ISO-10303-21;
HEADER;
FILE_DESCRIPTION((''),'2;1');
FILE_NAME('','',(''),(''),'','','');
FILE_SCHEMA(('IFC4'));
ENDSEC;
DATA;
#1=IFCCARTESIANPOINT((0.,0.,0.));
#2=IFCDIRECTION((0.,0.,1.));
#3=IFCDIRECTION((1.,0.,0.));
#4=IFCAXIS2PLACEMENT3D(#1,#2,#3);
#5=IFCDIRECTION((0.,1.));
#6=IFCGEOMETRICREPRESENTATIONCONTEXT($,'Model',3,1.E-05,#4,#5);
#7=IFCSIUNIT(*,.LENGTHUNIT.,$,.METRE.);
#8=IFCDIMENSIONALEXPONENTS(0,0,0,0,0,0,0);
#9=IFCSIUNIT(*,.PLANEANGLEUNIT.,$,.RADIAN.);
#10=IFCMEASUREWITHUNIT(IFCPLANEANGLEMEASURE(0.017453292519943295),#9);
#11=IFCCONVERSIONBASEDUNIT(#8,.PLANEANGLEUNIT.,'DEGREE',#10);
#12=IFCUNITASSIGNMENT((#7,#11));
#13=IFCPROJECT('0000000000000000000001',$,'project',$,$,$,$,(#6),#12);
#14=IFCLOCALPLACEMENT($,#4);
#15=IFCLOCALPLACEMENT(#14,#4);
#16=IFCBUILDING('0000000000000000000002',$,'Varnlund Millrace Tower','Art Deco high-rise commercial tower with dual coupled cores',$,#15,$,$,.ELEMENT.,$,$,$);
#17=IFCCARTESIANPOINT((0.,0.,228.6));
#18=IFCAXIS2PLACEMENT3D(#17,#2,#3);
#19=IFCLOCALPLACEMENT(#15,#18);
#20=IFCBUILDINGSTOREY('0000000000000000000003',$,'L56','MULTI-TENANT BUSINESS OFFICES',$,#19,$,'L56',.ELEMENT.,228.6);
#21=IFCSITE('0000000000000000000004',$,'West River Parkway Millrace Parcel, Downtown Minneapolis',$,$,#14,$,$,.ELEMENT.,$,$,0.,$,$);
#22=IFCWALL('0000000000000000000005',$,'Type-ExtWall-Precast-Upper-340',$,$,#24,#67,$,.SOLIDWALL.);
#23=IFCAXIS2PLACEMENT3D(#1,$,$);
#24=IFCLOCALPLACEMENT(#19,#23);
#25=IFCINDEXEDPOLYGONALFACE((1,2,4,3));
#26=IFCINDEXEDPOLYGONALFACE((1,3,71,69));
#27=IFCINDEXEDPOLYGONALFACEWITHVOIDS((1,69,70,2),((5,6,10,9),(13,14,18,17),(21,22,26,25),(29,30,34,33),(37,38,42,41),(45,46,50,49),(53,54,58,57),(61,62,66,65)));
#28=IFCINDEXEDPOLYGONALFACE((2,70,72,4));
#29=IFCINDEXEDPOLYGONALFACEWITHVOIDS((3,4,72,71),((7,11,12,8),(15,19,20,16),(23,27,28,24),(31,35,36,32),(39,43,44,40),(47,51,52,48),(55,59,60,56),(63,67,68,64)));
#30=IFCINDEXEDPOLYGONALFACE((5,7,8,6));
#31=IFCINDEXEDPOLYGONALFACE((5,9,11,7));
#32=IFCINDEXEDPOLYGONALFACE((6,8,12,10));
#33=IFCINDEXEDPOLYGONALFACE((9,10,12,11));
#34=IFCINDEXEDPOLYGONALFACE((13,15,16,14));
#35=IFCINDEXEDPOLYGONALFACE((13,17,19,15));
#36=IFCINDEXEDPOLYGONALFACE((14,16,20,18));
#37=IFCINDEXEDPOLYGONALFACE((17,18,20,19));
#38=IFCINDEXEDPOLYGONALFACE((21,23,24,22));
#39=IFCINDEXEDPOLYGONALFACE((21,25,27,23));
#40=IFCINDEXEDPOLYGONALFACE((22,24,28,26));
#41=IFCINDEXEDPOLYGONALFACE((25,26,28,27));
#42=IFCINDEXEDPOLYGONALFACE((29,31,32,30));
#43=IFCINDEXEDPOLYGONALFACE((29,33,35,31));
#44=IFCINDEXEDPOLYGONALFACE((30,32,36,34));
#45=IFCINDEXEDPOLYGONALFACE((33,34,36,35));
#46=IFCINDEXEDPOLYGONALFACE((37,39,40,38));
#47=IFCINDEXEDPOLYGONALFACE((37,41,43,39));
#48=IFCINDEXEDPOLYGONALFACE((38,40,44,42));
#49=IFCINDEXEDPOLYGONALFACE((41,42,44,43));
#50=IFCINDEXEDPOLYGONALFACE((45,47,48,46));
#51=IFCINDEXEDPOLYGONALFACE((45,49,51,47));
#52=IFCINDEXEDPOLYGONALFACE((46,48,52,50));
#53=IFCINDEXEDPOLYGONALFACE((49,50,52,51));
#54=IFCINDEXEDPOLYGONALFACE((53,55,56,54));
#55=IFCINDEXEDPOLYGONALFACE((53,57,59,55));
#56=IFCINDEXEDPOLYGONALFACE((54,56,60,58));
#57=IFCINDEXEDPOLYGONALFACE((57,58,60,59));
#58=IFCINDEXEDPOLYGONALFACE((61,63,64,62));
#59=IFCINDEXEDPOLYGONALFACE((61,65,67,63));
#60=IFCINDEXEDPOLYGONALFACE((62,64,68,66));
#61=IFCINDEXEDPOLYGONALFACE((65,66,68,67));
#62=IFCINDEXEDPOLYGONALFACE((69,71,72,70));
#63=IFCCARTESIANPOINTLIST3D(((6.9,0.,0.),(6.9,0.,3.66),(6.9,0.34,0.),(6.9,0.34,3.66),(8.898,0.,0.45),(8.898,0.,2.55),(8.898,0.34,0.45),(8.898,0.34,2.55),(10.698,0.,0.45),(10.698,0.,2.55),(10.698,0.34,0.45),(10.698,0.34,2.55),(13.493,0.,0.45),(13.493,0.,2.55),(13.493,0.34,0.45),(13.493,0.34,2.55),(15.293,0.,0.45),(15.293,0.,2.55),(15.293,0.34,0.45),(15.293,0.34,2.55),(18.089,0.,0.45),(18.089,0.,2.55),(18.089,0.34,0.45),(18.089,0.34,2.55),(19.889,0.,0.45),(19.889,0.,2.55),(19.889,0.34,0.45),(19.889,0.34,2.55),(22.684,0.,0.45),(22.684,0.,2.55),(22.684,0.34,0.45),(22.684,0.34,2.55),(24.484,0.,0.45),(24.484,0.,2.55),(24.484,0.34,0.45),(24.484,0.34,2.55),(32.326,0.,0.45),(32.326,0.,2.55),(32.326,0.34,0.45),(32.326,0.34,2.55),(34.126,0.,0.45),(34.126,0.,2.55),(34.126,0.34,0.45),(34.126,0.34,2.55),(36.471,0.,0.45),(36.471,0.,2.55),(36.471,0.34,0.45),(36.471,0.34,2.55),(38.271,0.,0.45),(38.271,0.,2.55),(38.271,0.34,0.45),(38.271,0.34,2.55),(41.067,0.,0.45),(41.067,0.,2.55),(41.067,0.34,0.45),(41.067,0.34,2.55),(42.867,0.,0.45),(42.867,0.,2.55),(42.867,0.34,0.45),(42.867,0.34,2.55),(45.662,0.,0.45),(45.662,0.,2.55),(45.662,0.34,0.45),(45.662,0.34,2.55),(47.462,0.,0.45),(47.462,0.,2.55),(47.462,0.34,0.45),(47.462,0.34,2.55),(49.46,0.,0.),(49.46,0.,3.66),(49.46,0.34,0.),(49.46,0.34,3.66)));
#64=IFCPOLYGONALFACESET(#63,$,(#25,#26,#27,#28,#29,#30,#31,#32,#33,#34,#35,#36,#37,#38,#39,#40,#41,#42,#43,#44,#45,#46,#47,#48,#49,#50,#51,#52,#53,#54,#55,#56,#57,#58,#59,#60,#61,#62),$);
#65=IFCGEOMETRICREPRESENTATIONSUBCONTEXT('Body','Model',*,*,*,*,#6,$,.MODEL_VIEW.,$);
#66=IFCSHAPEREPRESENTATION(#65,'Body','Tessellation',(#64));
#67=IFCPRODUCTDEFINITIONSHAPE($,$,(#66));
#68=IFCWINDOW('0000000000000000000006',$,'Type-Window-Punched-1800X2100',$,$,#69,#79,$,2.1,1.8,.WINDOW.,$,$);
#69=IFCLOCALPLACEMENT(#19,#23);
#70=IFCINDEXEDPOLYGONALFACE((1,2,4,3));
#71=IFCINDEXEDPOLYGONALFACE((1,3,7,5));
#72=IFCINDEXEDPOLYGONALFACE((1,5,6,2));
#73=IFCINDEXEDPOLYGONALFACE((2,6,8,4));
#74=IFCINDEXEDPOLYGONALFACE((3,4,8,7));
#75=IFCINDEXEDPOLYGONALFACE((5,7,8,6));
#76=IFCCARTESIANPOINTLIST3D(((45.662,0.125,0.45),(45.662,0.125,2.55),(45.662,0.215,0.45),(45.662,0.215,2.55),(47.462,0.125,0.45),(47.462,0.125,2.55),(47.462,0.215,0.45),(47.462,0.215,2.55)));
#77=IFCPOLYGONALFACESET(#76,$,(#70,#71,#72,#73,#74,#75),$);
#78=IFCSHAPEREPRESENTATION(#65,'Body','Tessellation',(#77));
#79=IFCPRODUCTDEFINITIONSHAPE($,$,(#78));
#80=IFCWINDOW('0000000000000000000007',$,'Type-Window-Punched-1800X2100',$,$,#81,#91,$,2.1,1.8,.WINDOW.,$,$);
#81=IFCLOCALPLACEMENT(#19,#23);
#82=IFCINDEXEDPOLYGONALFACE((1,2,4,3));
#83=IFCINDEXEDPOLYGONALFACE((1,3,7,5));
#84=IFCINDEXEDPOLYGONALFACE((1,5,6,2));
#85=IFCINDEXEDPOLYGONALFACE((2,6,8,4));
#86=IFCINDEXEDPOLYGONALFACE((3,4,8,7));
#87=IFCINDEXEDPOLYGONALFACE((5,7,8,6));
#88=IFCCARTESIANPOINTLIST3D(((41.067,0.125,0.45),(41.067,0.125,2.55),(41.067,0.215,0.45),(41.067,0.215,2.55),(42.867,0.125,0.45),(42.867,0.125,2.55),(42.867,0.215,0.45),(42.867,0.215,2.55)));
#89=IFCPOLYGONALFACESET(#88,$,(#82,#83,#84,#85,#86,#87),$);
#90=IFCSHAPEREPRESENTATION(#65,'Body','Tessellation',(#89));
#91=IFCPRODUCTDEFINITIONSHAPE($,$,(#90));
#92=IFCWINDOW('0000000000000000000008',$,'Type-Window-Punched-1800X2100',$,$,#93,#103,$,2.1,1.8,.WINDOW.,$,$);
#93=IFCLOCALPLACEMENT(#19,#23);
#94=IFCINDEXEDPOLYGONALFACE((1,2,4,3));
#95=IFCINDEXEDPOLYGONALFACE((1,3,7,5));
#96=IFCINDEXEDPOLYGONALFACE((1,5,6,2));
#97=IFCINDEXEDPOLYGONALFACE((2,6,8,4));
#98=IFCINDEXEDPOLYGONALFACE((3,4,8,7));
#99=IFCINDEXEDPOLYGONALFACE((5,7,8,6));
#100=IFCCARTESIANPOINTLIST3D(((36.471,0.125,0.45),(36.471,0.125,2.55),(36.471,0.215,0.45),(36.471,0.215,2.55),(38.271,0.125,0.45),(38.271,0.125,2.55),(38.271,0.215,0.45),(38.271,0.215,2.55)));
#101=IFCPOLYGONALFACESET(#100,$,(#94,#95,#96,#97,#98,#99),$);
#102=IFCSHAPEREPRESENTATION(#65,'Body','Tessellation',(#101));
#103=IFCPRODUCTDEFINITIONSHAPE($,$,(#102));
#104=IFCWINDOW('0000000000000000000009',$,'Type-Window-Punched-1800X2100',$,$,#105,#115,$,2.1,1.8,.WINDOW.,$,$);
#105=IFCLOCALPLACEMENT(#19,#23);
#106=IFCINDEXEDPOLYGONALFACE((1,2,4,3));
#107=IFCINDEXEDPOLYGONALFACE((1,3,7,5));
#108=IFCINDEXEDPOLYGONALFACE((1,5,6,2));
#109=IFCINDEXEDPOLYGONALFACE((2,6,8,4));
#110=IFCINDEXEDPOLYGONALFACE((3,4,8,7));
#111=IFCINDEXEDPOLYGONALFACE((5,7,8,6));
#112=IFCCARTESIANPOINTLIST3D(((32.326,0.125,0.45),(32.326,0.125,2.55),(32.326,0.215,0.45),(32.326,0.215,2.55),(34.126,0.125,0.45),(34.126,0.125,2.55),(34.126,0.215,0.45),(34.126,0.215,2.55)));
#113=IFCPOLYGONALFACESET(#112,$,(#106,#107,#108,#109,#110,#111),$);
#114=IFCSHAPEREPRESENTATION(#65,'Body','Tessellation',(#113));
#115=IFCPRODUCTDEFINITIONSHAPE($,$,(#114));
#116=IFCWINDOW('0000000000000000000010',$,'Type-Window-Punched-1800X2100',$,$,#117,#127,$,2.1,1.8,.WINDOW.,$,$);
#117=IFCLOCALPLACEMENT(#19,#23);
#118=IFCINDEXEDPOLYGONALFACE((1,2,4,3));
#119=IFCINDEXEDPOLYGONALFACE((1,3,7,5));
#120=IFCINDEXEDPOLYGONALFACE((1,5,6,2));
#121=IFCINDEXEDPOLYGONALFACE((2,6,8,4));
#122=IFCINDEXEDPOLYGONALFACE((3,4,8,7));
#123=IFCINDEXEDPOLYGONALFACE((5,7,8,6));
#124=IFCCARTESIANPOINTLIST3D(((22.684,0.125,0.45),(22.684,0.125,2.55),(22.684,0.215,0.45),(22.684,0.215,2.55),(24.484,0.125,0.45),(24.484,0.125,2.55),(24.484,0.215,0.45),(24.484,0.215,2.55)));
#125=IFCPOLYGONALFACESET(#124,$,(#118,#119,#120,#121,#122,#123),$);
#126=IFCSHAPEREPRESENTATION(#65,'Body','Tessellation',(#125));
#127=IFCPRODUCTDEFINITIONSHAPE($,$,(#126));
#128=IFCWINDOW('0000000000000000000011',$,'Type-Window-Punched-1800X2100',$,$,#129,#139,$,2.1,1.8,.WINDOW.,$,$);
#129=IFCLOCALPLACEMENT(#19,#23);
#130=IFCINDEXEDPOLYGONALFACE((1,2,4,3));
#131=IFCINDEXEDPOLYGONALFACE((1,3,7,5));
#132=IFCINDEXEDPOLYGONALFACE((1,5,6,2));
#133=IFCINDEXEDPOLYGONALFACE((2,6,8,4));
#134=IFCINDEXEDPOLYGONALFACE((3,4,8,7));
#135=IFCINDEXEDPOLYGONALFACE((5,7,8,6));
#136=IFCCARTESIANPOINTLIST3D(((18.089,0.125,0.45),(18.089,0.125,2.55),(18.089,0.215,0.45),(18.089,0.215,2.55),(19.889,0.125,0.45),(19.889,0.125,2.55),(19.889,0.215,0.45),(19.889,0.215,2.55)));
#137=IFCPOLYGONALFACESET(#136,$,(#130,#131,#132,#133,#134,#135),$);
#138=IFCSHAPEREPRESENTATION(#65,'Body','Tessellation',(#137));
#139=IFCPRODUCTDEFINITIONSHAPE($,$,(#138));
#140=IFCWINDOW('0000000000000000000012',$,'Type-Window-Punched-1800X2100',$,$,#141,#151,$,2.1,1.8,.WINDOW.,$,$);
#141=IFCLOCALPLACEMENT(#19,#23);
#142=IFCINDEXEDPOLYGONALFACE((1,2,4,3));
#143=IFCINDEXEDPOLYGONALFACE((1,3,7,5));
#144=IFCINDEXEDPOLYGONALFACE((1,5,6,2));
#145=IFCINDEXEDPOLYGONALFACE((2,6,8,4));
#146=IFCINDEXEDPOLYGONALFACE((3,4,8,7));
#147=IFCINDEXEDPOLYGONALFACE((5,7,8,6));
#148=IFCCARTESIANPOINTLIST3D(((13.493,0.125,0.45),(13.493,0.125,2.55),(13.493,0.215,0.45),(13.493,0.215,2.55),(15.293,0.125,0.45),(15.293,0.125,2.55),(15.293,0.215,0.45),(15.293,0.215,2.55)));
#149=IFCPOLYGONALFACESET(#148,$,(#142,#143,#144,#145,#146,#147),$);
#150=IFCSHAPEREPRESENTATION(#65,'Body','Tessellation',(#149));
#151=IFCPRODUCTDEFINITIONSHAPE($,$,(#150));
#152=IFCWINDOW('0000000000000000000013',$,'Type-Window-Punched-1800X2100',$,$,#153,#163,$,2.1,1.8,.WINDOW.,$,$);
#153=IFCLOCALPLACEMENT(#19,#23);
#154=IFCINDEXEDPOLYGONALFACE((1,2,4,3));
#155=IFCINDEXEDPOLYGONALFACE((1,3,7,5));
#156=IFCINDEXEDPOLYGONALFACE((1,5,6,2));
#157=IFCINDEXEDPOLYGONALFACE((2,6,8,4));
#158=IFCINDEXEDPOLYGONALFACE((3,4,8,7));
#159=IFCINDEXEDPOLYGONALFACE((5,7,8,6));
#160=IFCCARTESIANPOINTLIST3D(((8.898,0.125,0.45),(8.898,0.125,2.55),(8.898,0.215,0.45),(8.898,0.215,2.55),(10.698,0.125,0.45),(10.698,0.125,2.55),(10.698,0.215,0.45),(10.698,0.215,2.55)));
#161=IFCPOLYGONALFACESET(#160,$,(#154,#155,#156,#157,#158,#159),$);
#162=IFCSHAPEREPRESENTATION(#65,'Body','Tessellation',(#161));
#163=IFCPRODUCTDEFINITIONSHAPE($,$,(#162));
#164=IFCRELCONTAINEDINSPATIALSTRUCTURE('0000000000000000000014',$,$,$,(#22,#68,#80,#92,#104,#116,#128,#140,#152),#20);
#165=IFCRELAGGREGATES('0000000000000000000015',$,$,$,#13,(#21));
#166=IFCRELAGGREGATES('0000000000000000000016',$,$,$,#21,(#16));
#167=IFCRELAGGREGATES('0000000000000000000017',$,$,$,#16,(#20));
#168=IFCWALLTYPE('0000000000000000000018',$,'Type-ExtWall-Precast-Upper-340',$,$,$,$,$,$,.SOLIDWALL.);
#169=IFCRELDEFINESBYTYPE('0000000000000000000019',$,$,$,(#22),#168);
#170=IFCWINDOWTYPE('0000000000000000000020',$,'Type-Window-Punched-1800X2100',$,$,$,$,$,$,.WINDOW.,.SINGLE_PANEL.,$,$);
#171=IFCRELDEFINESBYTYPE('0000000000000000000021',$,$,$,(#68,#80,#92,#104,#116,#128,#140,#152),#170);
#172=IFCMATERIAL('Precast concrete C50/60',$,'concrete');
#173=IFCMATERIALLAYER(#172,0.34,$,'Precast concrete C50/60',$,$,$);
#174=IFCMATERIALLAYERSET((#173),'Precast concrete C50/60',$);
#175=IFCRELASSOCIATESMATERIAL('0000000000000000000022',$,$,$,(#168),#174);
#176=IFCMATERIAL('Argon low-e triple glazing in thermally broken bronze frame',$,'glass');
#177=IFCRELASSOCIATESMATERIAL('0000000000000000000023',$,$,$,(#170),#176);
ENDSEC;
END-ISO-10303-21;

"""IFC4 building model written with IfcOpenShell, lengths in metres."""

from ifc_helpers import new_model, entity, si_unit, converted_unit, direction, frame, origin_with_axes, origin_2d_with_axis, place, context, subcontext, project, spatial, polyline, rectangle, outline, extrude, material, layer, layer_set, type_object, element, fill, save


model = new_model("IFC4")

# Units and contexts
model_context = context("Model", 3, precision=1e-05, world=origin_with_axes(), true_north=direction((0.0, 1.0)))
body_context = subcontext(model_context, "Body", "Model", "MODEL_VIEW")
ifc_project = project(units=[si_unit("LENGTHUNIT", "METRE"), converted_unit("PLANEANGLEUNIT", "DEGREE", entity("IfcPlaneAngleMeasure", 0.017453292519943295), si_unit("PLANEANGLEUNIT", "RADIAN"), dimensions=[0, 0, 0, 0, 0, 0, 0])], contexts=[model_context])

# Site, building, storey
site_placement = place(None, origin_with_axes())
site = spatial("IfcSite", under=ifc_project, at=site_placement, Name="West River Parkway Millrace Parcel, Downtown Minneapolis", CompositionType="ELEMENT", RefElevation=0.0)
building_placement = place(site_placement, origin_with_axes())
building = spatial("IfcBuilding", under=site, at=building_placement, Name="Varnlund Millrace Tower", Description="Art Deco high-rise commercial tower with dual coupled cores", CompositionType="ELEMENT")
storey_placement = place(building_placement, frame((0.0, 0.0, 228.6), z_axis=(0.0, 0.0, 1.0), x_axis=(1.0, 0.0, 0.0)))
storey = spatial("IfcBuildingStorey", under=building, at=storey_placement, Name="L56", Description="MULTI-TENANT BUSINESS OFFICES", LongName="L56", CompositionType="ELEMENT", Elevation=228.6)

# Shared definitions
ifc_material_1 = material(Name="Precast concrete C50/60", Category="concrete")
ifc_layer_1 = layer(ifc_material_1, 0.34, Name="Precast concrete C50/60")
ifc_layer_set_1 = layer_set([ifc_layer_1], Name="Precast concrete C50/60")
wall_type_1 = type_object("IfcWallType", Name="Type-ExtWall-Precast-Upper-340", PredefinedType="SOLIDWALL", material=ifc_layer_set_1)

# Wall, openings, windows
wall_1_placement = place(storey_placement, frame((49.46, 0.17, 0.0), z_axis=(0.0, 0.0, 1.0), x_axis=(-1.0, 0.0, 0.0)))
wall_1 = element("IfcWall", 1, at=wall_1_placement, inside=storey, type_object=wall_type_1, Name="Type-ExtWall-Precast-Upper-340", PredefinedType="SOLIDWALL", context=body_context, shape_type="SweptSolid", body=[
    extrude(outline(polyline([(0.0, -0.17), (42.56, -0.17), (42.56, 0.17), (0.0, 0.17), (0.0, -0.17)])), origin_with_axes(), (0.0, 0.0, 1.0), 3.66),
])
opening_1_placement = place(wall_1_placement, frame((2.898, 0.0, 0.45), z_axis=(0.0, 0.0, 1.0), x_axis=(1.0, 0.0, 0.0)))
opening_1 = element("IfcOpeningElement", 2, at=opening_1_placement, cuts=wall_1, PredefinedType="OPENING", context=body_context, shape_type="SweptSolid", body=[
    extrude(rectangle(XDim=1.8, YDim=0.36, at=origin_2d_with_axis()), origin_with_axes(), (0.0, 0.0, 1.0), 2.1),
])
opening_2_placement = place(wall_1_placement, frame((7.493, 0.0, 0.45), z_axis=(0.0, 0.0, 1.0), x_axis=(1.0, 0.0, 0.0)))
opening_2 = element("IfcOpeningElement", 3, at=opening_2_placement, cuts=wall_1, PredefinedType="OPENING", context=body_context, shape_type="SweptSolid", body=[
    extrude(rectangle(XDim=1.8, YDim=0.36, at=origin_2d_with_axis()), origin_with_axes(), (0.0, 0.0, 1.0), 2.1),
])
opening_3_placement = place(wall_1_placement, frame((12.089, 0.0, 0.45), z_axis=(0.0, 0.0, 1.0), x_axis=(1.0, 0.0, 0.0)))
opening_3 = element("IfcOpeningElement", 4, at=opening_3_placement, cuts=wall_1, PredefinedType="OPENING", context=body_context, shape_type="SweptSolid", body=[
    extrude(rectangle(XDim=1.8, YDim=0.36, at=origin_2d_with_axis()), origin_with_axes(), (0.0, 0.0, 1.0), 2.1),
])
opening_4_placement = place(wall_1_placement, frame((16.234, 0.0, 0.45), z_axis=(0.0, 0.0, 1.0), x_axis=(1.0, 0.0, 0.0)))
opening_4 = element("IfcOpeningElement", 5, at=opening_4_placement, cuts=wall_1, PredefinedType="OPENING", context=body_context, shape_type="SweptSolid", body=[
    extrude(rectangle(XDim=1.8, YDim=0.36, at=origin_2d_with_axis()), origin_with_axes(), (0.0, 0.0, 1.0), 2.1),
])
opening_5_placement = place(wall_1_placement, frame((25.876, 0.0, 0.45), z_axis=(0.0, 0.0, 1.0), x_axis=(1.0, 0.0, 0.0)))
opening_5 = element("IfcOpeningElement", 6, at=opening_5_placement, cuts=wall_1, PredefinedType="OPENING", context=body_context, shape_type="SweptSolid", body=[
    extrude(rectangle(XDim=1.8, YDim=0.36, at=origin_2d_with_axis()), origin_with_axes(), (0.0, 0.0, 1.0), 2.1),
])
opening_6_placement = place(wall_1_placement, frame((30.471, 0.0, 0.45), z_axis=(0.0, 0.0, 1.0), x_axis=(1.0, 0.0, 0.0)))
opening_6 = element("IfcOpeningElement", 7, at=opening_6_placement, cuts=wall_1, PredefinedType="OPENING", context=body_context, shape_type="SweptSolid", body=[
    extrude(rectangle(XDim=1.8, YDim=0.36, at=origin_2d_with_axis()), origin_with_axes(), (0.0, 0.0, 1.0), 2.1),
])
opening_7_placement = place(wall_1_placement, frame((35.067, 0.0, 0.45), z_axis=(0.0, 0.0, 1.0), x_axis=(1.0, 0.0, 0.0)))
opening_7 = element("IfcOpeningElement", 8, at=opening_7_placement, cuts=wall_1, PredefinedType="OPENING", context=body_context, shape_type="SweptSolid", body=[
    extrude(rectangle(XDim=1.8, YDim=0.36, at=origin_2d_with_axis()), origin_with_axes(), (0.0, 0.0, 1.0), 2.1),
])
opening_8_placement = place(wall_1_placement, frame((39.662, 0.0, 0.45), z_axis=(0.0, 0.0, 1.0), x_axis=(1.0, 0.0, 0.0)))
opening_8 = element("IfcOpeningElement", 9, at=opening_8_placement, cuts=wall_1, PredefinedType="OPENING", context=body_context, shape_type="SweptSolid", body=[
    extrude(rectangle(XDim=1.8, YDim=0.36, at=origin_2d_with_axis()), origin_with_axes(), (0.0, 0.0, 1.0), 2.1),
])
ifc_material_2 = material(Name="Argon low-e triple glazing in thermally broken bronze frame", Category="glass")
window_type = type_object("IfcWindowType", Name="Type-Window-Punched-1800X2100", PartitioningType="SINGLE_PANEL", PredefinedType="WINDOW", material=ifc_material_2)
window_1_placement = place(wall_1_placement, frame((2.898, 0.0, 0.45), z_axis=(0.0, 0.0, 1.0), x_axis=(1.0, 0.0, 0.0)))
window_1 = element("IfcWindow", 10, at=window_1_placement, inside=storey, type_object=window_type, Name="Type-Window-Punched-1800X2100", OverallHeight=2.1, OverallWidth=1.8, PredefinedType="WINDOW", context=body_context, shape_type="SweptSolid", body=[
    extrude(rectangle(XDim=1.8, YDim=0.09, at=origin_2d_with_axis()), origin_with_axes(), (0.0, 0.0, 1.0), 2.1),
])
fill(opening_1, window_1)
window_2_placement = place(wall_1_placement, frame((7.493, 0.0, 0.45), z_axis=(0.0, 0.0, 1.0), x_axis=(1.0, 0.0, 0.0)))
window_2 = element("IfcWindow", 11, at=window_2_placement, inside=storey, type_object=window_type, Name="Type-Window-Punched-1800X2100", OverallHeight=2.1, OverallWidth=1.8, PredefinedType="WINDOW", context=body_context, shape_type="SweptSolid", body=[
    extrude(rectangle(XDim=1.8, YDim=0.09, at=origin_2d_with_axis()), origin_with_axes(), (0.0, 0.0, 1.0), 2.1),
])
fill(opening_2, window_2)
window_3_placement = place(wall_1_placement, frame((12.089, 0.0, 0.45), z_axis=(0.0, 0.0, 1.0), x_axis=(1.0, 0.0, 0.0)))
window_3 = element("IfcWindow", 12, at=window_3_placement, inside=storey, type_object=window_type, Name="Type-Window-Punched-1800X2100", OverallHeight=2.1, OverallWidth=1.8, PredefinedType="WINDOW", context=body_context, shape_type="SweptSolid", body=[
    extrude(rectangle(XDim=1.8, YDim=0.09, at=origin_2d_with_axis()), origin_with_axes(), (0.0, 0.0, 1.0), 2.1),
])
fill(opening_3, window_3)
window_4_placement = place(wall_1_placement, frame((16.234, 0.0, 0.45), z_axis=(0.0, 0.0, 1.0), x_axis=(1.0, 0.0, 0.0)))
window_4 = element("IfcWindow", 13, at=window_4_placement, inside=storey, type_object=window_type, Name="Type-Window-Punched-1800X2100", OverallHeight=2.1, OverallWidth=1.8, PredefinedType="WINDOW", context=body_context, shape_type="SweptSolid", body=[
    extrude(rectangle(XDim=1.8, YDim=0.09, at=origin_2d_with_axis()), origin_with_axes(), (0.0, 0.0, 1.0), 2.1),
])
fill(opening_4, window_4)
window_5_placement = place(wall_1_placement, frame((25.876, 0.0, 0.45), z_axis=(0.0, 0.0, 1.0), x_axis=(1.0, 0.0, 0.0)))
window_5 = element("IfcWindow", 14, at=window_5_placement, inside=storey, type_object=window_type, Name="Type-Window-Punched-1800X2100", OverallHeight=2.1, OverallWidth=1.8, PredefinedType="WINDOW", context=body_context, shape_type="SweptSolid", body=[
    extrude(rectangle(XDim=1.8, YDim=0.09, at=origin_2d_with_axis()), origin_with_axes(), (0.0, 0.0, 1.0), 2.1),
])
fill(opening_5, window_5)
window_6_placement = place(wall_1_placement, frame((30.471, 0.0, 0.45), z_axis=(0.0, 0.0, 1.0), x_axis=(1.0, 0.0, 0.0)))
window_6 = element("IfcWindow", 15, at=window_6_placement, inside=storey, type_object=window_type, Name="Type-Window-Punched-1800X2100", OverallHeight=2.1, OverallWidth=1.8, PredefinedType="WINDOW", context=body_context, shape_type="SweptSolid", body=[
    extrude(rectangle(XDim=1.8, YDim=0.09, at=origin_2d_with_axis()), origin_with_axes(), (0.0, 0.0, 1.0), 2.1),
])
fill(opening_6, window_6)
window_7_placement = place(wall_1_placement, frame((35.067, 0.0, 0.45), z_axis=(0.0, 0.0, 1.0), x_axis=(1.0, 0.0, 0.0)))
window_7 = element("IfcWindow", 16, at=window_7_placement, inside=storey, type_object=window_type, Name="Type-Window-Punched-1800X2100", OverallHeight=2.1, OverallWidth=1.8, PredefinedType="WINDOW", context=body_context, shape_type="SweptSolid", body=[
    extrude(rectangle(XDim=1.8, YDim=0.09, at=origin_2d_with_axis()), origin_with_axes(), (0.0, 0.0, 1.0), 2.1),
])
fill(opening_7, window_7)
window_8_placement = place(wall_1_placement, frame((39.662, 0.0, 0.45), z_axis=(0.0, 0.0, 1.0), x_axis=(1.0, 0.0, 0.0)))
window_8 = element("IfcWindow", 17, at=window_8_placement, inside=storey, type_object=window_type, Name="Type-Window-Punched-1800X2100", OverallHeight=2.1, OverallWidth=1.8, PredefinedType="WINDOW", context=body_context, shape_type="SweptSolid", body=[
    extrude(rectangle(XDim=1.8, YDim=0.09, at=origin_2d_with_axis()), origin_with_axes(), (0.0, 0.0, 1.0), 2.1),
])
fill(opening_8, window_8)

save(model, "model.ifc")
